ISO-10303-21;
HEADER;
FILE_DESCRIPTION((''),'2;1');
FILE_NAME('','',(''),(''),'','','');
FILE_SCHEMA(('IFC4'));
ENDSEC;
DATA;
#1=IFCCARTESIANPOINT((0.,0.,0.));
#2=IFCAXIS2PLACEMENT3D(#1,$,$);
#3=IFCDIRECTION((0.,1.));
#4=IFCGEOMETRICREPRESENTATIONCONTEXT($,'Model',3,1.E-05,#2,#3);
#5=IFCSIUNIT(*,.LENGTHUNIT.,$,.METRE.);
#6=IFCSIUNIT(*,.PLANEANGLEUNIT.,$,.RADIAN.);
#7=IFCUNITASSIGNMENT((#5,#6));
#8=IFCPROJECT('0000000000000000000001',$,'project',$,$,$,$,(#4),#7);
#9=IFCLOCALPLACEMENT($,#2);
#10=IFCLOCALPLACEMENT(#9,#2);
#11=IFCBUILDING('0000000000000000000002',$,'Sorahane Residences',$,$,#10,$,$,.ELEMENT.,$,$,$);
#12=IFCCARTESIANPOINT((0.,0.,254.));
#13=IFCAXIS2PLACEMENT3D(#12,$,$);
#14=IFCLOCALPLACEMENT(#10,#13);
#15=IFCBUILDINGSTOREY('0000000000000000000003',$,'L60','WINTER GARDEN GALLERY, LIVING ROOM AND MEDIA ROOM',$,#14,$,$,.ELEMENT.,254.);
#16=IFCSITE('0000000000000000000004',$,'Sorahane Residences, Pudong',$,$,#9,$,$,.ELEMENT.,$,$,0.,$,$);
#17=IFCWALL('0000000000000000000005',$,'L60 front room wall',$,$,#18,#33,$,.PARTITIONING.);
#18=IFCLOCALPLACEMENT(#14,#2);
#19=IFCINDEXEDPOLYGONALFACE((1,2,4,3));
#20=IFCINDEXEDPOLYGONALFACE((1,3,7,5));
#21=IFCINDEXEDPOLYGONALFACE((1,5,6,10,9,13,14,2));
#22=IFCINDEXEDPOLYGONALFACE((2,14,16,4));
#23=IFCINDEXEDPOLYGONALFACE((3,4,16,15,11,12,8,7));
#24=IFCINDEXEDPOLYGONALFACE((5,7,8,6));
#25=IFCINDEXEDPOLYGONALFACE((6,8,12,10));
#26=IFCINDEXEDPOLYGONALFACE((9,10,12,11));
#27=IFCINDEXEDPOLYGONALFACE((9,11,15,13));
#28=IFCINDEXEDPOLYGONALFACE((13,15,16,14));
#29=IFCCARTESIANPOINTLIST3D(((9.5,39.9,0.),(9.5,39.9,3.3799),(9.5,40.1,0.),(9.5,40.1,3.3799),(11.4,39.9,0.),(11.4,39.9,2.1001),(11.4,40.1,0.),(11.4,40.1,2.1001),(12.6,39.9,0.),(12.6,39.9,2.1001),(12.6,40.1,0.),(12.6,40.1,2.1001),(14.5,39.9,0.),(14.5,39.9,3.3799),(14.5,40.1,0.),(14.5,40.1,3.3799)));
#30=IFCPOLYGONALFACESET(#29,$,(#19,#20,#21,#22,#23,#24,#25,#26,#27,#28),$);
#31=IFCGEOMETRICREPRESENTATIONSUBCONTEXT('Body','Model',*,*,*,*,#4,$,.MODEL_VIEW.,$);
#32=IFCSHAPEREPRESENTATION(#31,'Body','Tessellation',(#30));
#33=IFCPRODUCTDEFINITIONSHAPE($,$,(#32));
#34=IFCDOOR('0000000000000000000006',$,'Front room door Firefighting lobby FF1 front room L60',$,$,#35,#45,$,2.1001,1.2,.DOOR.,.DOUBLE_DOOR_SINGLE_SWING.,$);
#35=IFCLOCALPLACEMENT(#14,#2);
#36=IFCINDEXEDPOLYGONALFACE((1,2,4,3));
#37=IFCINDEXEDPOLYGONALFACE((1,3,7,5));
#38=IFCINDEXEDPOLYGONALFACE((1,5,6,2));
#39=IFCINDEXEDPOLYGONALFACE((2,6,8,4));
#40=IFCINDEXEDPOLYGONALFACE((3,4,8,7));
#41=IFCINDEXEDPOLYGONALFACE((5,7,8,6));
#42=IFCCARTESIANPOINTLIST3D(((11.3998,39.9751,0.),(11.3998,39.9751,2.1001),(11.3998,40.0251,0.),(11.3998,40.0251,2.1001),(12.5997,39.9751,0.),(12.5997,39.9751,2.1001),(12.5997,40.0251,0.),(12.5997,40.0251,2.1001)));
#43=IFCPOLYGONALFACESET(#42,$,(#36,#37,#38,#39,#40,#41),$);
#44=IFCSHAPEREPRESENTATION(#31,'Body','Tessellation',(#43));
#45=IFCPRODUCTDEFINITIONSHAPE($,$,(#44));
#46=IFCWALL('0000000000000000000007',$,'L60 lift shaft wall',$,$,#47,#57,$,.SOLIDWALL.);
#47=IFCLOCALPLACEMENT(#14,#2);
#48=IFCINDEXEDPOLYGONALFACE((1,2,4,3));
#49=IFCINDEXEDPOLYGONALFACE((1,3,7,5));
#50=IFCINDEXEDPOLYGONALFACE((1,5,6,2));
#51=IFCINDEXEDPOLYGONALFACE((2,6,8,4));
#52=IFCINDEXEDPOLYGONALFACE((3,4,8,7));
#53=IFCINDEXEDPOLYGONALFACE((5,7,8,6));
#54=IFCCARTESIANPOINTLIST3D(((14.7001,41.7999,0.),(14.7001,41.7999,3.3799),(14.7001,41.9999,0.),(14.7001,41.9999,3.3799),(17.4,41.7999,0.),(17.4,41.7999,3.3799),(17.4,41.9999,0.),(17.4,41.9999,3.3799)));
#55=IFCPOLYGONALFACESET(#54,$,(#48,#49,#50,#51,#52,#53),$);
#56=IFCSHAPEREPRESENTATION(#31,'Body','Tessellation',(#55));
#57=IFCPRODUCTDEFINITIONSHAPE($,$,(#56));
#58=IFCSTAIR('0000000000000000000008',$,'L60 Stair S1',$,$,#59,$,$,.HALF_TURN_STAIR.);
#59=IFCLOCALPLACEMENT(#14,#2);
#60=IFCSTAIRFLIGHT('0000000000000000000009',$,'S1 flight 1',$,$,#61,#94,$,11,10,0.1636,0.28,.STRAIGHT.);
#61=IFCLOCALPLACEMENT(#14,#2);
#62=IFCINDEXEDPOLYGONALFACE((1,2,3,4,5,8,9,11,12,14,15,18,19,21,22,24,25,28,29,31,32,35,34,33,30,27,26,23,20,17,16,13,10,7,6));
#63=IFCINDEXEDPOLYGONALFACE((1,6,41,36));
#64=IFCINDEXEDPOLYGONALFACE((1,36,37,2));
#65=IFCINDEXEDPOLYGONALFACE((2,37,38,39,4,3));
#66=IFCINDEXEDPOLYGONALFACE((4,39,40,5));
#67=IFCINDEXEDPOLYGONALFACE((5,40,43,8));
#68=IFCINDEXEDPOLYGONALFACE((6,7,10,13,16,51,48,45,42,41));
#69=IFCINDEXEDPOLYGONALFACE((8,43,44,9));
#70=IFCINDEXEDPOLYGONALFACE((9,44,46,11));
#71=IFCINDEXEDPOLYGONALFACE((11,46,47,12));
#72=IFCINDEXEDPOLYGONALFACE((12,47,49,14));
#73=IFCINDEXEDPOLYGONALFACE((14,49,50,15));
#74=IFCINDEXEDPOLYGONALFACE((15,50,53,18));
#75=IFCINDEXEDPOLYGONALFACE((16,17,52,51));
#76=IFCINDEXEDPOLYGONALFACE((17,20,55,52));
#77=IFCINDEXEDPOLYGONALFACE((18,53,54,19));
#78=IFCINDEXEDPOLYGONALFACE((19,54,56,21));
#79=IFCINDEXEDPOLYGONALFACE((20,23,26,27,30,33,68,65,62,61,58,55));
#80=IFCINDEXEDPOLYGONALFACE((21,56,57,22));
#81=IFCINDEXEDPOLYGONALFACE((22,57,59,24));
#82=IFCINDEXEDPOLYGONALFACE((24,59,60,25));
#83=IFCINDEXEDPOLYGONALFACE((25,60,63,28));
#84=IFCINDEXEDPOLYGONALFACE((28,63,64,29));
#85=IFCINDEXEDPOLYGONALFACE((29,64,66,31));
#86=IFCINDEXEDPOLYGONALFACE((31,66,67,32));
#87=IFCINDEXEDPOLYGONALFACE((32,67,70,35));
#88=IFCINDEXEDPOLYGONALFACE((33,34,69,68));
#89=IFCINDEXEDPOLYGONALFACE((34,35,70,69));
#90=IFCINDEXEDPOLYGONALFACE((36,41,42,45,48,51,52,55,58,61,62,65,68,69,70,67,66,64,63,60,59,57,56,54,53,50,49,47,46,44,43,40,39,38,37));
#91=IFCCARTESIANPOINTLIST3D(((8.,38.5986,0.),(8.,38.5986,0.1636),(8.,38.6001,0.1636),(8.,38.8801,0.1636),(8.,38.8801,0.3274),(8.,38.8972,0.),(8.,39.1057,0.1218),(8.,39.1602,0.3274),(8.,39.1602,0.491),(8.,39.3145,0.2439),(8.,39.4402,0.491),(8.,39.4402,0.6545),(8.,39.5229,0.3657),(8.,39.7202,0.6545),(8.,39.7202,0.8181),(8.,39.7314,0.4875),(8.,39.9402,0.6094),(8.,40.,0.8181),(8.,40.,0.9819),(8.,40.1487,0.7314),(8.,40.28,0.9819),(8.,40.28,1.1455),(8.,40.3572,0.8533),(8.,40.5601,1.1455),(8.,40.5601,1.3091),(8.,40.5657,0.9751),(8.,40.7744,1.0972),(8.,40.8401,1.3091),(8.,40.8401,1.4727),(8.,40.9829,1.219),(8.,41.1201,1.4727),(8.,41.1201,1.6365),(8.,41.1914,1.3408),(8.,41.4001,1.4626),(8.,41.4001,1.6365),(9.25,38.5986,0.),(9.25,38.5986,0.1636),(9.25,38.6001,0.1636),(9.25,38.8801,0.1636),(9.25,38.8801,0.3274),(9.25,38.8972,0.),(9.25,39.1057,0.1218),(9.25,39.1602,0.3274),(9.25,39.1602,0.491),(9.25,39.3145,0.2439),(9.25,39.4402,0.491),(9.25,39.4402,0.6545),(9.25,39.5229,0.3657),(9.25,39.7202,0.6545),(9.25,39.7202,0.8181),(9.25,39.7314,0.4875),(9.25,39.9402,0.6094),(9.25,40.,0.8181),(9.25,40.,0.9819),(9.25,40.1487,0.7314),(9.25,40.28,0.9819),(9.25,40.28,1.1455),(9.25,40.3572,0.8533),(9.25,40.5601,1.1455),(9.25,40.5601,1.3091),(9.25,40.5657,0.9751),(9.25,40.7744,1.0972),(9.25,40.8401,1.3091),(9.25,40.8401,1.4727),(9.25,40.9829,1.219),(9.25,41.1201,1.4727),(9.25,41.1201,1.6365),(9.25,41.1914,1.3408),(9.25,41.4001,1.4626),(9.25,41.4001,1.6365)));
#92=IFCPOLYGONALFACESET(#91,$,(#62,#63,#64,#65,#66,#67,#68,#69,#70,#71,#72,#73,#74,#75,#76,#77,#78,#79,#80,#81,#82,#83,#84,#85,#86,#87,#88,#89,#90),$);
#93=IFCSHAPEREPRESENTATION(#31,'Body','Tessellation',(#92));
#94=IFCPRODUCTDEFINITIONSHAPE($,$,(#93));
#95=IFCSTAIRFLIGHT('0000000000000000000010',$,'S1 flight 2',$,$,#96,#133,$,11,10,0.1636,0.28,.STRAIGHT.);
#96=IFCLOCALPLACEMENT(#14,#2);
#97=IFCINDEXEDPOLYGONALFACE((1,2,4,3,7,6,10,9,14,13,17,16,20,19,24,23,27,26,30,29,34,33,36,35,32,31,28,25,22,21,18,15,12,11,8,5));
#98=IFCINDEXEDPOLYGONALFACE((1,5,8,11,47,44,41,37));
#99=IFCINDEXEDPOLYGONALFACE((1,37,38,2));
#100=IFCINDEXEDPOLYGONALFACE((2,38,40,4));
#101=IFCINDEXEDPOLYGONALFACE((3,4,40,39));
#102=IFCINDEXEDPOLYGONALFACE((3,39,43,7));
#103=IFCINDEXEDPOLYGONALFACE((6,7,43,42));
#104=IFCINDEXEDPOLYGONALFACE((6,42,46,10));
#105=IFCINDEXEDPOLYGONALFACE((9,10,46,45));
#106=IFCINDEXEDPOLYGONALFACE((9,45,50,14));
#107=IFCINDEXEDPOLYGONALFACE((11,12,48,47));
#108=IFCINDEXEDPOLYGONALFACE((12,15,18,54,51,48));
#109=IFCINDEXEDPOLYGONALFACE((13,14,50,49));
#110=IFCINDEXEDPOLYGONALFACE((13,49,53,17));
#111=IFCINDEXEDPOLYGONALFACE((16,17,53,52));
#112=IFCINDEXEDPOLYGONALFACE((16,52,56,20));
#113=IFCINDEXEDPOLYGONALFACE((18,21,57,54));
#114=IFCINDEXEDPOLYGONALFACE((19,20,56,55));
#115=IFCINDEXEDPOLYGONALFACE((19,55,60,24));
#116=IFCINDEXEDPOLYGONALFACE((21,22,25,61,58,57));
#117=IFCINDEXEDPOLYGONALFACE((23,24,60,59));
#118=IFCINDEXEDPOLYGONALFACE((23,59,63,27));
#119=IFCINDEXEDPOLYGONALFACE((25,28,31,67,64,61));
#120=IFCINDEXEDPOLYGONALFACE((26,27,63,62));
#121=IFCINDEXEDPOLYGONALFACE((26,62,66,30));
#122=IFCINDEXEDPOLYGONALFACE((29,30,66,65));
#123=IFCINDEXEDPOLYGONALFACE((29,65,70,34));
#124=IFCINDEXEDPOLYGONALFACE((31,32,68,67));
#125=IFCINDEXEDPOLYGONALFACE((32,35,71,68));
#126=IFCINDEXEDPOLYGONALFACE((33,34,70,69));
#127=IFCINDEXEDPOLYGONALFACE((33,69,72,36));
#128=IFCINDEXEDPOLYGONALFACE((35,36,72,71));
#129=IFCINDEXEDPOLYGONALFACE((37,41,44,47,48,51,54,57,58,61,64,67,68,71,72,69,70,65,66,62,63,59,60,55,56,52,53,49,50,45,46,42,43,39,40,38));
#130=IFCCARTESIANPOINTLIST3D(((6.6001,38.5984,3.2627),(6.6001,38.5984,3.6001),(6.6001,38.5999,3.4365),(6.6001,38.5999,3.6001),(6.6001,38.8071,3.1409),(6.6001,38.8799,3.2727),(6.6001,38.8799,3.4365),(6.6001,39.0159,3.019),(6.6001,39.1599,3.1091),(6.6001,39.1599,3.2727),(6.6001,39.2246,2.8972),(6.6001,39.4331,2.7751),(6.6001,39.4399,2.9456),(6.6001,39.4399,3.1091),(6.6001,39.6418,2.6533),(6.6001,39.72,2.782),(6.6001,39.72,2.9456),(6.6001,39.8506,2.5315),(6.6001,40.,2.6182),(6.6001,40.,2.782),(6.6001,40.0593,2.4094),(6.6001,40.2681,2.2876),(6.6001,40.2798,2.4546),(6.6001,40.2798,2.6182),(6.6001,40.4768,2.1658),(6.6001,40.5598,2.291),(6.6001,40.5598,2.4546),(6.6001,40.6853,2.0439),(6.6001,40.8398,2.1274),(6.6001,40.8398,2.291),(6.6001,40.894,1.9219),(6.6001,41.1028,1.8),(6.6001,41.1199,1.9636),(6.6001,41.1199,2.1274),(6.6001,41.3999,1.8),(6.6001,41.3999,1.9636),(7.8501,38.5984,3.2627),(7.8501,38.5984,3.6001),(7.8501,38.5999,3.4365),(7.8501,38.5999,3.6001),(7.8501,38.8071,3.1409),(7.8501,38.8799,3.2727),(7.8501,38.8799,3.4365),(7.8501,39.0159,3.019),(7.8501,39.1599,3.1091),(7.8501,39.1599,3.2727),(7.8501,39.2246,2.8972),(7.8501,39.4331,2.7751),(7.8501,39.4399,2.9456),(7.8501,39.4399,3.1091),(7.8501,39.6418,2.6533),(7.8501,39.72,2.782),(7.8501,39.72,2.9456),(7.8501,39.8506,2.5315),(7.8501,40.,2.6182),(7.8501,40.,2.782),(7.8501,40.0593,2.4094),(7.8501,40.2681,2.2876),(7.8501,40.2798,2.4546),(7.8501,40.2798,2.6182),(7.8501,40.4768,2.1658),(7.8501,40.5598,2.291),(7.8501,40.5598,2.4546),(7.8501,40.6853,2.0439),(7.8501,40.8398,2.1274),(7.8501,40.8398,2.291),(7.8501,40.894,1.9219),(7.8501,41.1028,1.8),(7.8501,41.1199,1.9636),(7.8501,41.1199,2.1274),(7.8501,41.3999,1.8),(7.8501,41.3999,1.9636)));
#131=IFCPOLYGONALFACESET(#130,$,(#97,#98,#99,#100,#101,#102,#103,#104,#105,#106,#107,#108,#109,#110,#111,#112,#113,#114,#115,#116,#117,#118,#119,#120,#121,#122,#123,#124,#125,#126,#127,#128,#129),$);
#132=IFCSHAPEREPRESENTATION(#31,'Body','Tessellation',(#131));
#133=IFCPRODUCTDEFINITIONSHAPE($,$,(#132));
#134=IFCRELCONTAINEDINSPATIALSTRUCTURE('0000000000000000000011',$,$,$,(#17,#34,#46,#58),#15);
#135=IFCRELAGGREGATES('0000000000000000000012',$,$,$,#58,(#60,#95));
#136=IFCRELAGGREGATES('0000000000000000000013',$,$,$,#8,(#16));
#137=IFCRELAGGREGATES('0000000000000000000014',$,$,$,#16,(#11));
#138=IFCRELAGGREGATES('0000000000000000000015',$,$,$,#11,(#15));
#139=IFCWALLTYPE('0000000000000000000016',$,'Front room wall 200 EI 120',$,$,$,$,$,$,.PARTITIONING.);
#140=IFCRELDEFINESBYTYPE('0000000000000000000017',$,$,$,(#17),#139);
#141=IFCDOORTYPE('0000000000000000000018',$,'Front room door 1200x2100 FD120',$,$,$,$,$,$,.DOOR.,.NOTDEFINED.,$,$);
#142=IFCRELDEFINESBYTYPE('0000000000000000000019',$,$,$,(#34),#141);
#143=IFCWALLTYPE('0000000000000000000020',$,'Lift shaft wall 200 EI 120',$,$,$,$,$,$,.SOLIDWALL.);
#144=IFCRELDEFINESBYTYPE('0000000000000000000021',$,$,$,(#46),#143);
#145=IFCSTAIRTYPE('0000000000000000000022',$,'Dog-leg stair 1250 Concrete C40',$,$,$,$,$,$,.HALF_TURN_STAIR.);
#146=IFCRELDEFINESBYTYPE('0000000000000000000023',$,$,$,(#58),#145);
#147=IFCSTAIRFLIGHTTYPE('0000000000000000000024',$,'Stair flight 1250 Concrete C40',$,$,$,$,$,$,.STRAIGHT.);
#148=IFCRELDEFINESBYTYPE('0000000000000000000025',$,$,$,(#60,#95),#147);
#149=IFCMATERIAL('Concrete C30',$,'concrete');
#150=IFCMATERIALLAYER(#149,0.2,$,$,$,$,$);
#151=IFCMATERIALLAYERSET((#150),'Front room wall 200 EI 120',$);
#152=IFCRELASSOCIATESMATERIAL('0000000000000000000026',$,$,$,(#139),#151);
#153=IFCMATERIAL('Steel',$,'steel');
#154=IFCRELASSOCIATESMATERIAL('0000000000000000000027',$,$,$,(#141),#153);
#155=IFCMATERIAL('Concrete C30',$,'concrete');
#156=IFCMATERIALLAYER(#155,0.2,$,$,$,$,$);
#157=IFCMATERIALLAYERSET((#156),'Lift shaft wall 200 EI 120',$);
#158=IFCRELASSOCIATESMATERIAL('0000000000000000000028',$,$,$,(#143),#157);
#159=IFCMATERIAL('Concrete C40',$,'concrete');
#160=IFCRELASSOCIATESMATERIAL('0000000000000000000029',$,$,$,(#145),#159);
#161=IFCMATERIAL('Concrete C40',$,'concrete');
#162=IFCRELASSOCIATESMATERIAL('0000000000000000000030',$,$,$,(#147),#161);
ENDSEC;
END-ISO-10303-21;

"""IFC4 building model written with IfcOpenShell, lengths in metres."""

from ifc_helpers import new_model, si_unit, direction, frame, frame_2d, origin, place, context, subcontext, project, spatial, polyline, rectangle, outline, extrude, material, layer, layer_set, type_object, element, fill, aggregate, save


model = new_model("IFC4")

# Units and contexts
model_context = context("Model", 3, precision=1e-05, world=origin(), true_north=direction((0.0, 1.0)))
body_context = subcontext(model_context, "Body", "Model", "MODEL_VIEW")
ifc_project = project(units=[si_unit("LENGTHUNIT", "METRE"), si_unit("PLANEANGLEUNIT", "RADIAN")], contexts=[model_context])

# Site, building, storey
site_placement = place(None, origin())
site = spatial("IfcSite", under=ifc_project, at=site_placement, Name="Sorahane Residences, Pudong", CompositionType="ELEMENT", RefElevation=0.0)
building_placement = place(site_placement, origin())
building = spatial("IfcBuilding", under=site, at=building_placement, Name="Sorahane Residences", CompositionType="ELEMENT")
storey_placement = place(building_placement, frame((0.0, 0.0, 254.0)))
storey = spatial("IfcBuildingStorey", under=building, at=storey_placement, Name="L60", Description="WINTER GARDEN GALLERY, LIVING ROOM AND MEDIA ROOM", CompositionType="ELEMENT", Elevation=254.0)

# Wall, opening, door
ifc_material_1 = material(Name="Concrete C30", Category="concrete")
ifc_layer_1 = layer(ifc_material_1, 0.2)
ifc_layer_set_1 = layer_set([ifc_layer_1], Name="Front room wall 200 EI 120")
wall_type_1 = type_object("IfcWallType", Name="Front room wall 200 EI 120", PredefinedType="PARTITIONING", material=ifc_layer_set_1)
wall_1_placement = place(storey_placement, frame((9.5, 40.0, 0.0), z_axis=(0.0, 0.0, 1.0), x_axis=(1.0, 0.0, 0.0)))
wall_1 = element("IfcWall", 1, at=wall_1_placement, inside=storey, type_object=wall_type_1, Name="L60 front room wall", PredefinedType="PARTITIONING", context=body_context, shape_type="SweptSolid", body=[
    extrude(rectangle(XDim=5.0, YDim=0.2, at=frame_2d((2.5, 0.0))), origin(), (0.0, 0.0, 1.0), 3.3799),
])
opening_placement = place(wall_1_placement, frame((1.8999, 0.0, 0.0)))
opening = element("IfcOpeningElement", 2, at=opening_placement, cuts=wall_1, PredefinedType="OPENING", context=body_context, shape_type="SweptSolid", body=[
    extrude(rectangle(XDim=1.2, YDim=2.1001, at=frame_2d((0.6001, 1.05))), frame((0.0, 0.1099, 0.0), z_axis=(0.0, -1.0, 0.0), x_axis=(1.0, 0.0, 0.0)), (0.0, 0.0, 1.0), 0.22),
])
ifc_material_2 = material(Name="Steel", Category="steel")
door_type = type_object("IfcDoorType", Name="Front room door 1200x2100 FD120", OperationType="NOTDEFINED", PredefinedType="DOOR", material=ifc_material_2)
door_placement = place(opening_placement, frame((1.2, 0.0, 0.0), z_axis=(0.0, 0.0, 1.0), x_axis=(-1.0, 0.0, 0.0)))
door = element("IfcDoor", 3, at=door_placement, inside=storey, type_object=door_type, Name="Front room door Firefighting lobby FF1 front room L60", OperationType="DOUBLE_DOOR_SINGLE_SWING", OverallHeight=2.1001, OverallWidth=1.2, PredefinedType="DOOR", context=body_context, shape_type="SweptSolid", body=[
    extrude(rectangle(XDim=1.2, YDim=2.1001, at=frame_2d((0.6001, 1.05))), frame((0.0, 0.0249, 0.0), z_axis=(0.0, -1.0, 0.0), x_axis=(1.0, 0.0, 0.0)), (0.0, 0.0, 1.0), 0.05),
])
fill(opening, door)

# Wall
ifc_material_3 = material(Name="Concrete C30", Category="concrete")
ifc_layer_2 = layer(ifc_material_3, 0.2)
ifc_layer_set_2 = layer_set([ifc_layer_2], Name="Lift shaft wall 200 EI 120")
wall_type_2 = type_object("IfcWallType", Name="Lift shaft wall 200 EI 120", PredefinedType="SOLIDWALL", material=ifc_layer_set_2)
wall_2_placement = place(storey_placement, frame((14.7, 41.8999, 0.0), z_axis=(0.0, 0.0, 1.0), x_axis=(1.0, 0.0, 0.0)))
element("IfcWall", 4, at=wall_2_placement, inside=storey, type_object=wall_type_2, Name="L60 lift shaft wall", PredefinedType="SOLIDWALL", context=body_context, shape_type="SweptSolid", body=[
    extrude(rectangle(XDim=2.7, YDim=0.2, at=frame_2d((1.3501, 0.0))), origin(), (0.0, 0.0, 1.0), 3.3799),
])

# Stair, stair flights
ifc_material_4 = material(Name="Concrete C40", Category="concrete")
stair_type = type_object("IfcStairType", Name="Dog-leg stair 1250 Concrete C40", PredefinedType="HALF_TURN_STAIR", material=ifc_material_4)
stair_placement = place(storey_placement, origin())
stair = element("IfcStair", 5, at=stair_placement, inside=storey, type_object=stair_type, Name="L60 Stair S1", PredefinedType="HALF_TURN_STAIR")
ifc_material_5 = material(Name="Concrete C40", Category="concrete")
stair_flight_type = type_object("IfcStairFlightType", Name="Stair flight 1250 Concrete C40", PredefinedType="STRAIGHT", material=ifc_material_5)
stair_flight_1_placement = place(storey_placement, frame((8.625, 38.6001, 0.0), z_axis=(0.0, 0.0, 1.0), x_axis=(0.0, 1.0, 0.0)))
stair_flight_1 = element("IfcStairFlight", 6, at=stair_flight_1_placement, type_object=stair_flight_type, Name="S1 flight 1", NumberOfRisers=11, NumberOfTreads=10, PredefinedType="STRAIGHT", RiserHeight=0.1636, TreadLength=0.28, context=body_context, shape_type="SweptSolid", body=[
    extrude(outline(polyline([(-0.0015, 0.0), (-0.0015, 0.1636), (0.0, 0.1636), (0.28, 0.1636), (0.28, 0.3274), (0.5601, 0.3274), (0.5601, 0.491), (0.8401, 0.491), (0.8401, 0.6545), (1.1201, 0.6545), (1.1201, 0.8181), (1.3999, 0.8181), (1.3999, 0.9819), (1.6799, 0.9819), (1.6799, 1.1455), (1.96, 1.1455), (1.96, 1.3091), (2.24, 1.3091), (2.24, 1.4727), (2.52, 1.4727), (2.52, 1.6365), (2.8, 1.6365), (2.8, 1.8), (2.8, 1.4626), (2.5913, 1.3408), (2.3828, 1.219), (2.1743, 1.0972), (1.9656, 0.9751), (1.7571, 0.8533), (1.5486, 0.7314), (1.3401, 0.6094), (1.1313, 0.4875), (0.9229, 0.3657), (0.7144, 0.2439), (0.5056, 0.1218), (0.2971, 0.0), (-0.0015, 0.0)])), frame((0.0, 0.625, 0.0), z_axis=(0.0, -1.0, 0.0), x_axis=(1.0, 0.0, 0.0)), (0.0, 0.0, 1.0), 1.25),
])
stair_flight_2_placement = place(storey_placement, frame((7.2251, 41.3999, 1.8), z_axis=(0.0, 0.0, 1.0), x_axis=(0.0, -1.0, 0.0)))
stair_flight_2 = element("IfcStairFlight", 7, at=stair_flight_2_placement, type_object=stair_flight_type, Name="S1 flight 2", NumberOfRisers=11, NumberOfTreads=10, PredefinedType="STRAIGHT", RiserHeight=0.1636, TreadLength=0.28, context=body_context, shape_type="SweptSolid", body=[
    extrude(outline(polyline([(0.0, 0.0), (0.0, 0.1636), (0.28, 0.1636), (0.28, 0.3274), (0.5601, 0.3274), (0.5601, 0.491), (0.8401, 0.491), (0.8401, 0.6545), (1.1201, 0.6545), (1.1201, 0.8181), (1.3999, 0.8181), (1.3999, 0.9819), (1.6799, 0.9819), (1.6799, 1.1455), (1.96, 1.1455), (1.96, 1.3091), (2.24, 1.3091), (2.24, 1.4727), (2.52, 1.4727), (2.52, 1.6365), (2.8, 1.6365), (2.8, 1.8), (2.8015, 1.8), (2.8015, 1.4626), (2.5928, 1.3408), (2.384, 1.219), (2.1753, 1.0972), (1.9668, 0.9751), (1.7581, 0.8533), (1.5493, 0.7314), (1.3406, 0.6094), (1.1318, 0.4875), (0.9231, 0.3657), (0.7146, 0.2439), (0.5059, 0.1218), (0.2971, 0.0), (0.0, 0.0)])), frame((0.0, 0.625, 0.0), z_axis=(0.0, -1.0, 0.0), x_axis=(1.0, 0.0, 0.0)), (0.0, 0.0, 1.0), 1.25),
])
aggregate(stair, [stair_flight_1, stair_flight_2])

save(model, "model.ifc")
